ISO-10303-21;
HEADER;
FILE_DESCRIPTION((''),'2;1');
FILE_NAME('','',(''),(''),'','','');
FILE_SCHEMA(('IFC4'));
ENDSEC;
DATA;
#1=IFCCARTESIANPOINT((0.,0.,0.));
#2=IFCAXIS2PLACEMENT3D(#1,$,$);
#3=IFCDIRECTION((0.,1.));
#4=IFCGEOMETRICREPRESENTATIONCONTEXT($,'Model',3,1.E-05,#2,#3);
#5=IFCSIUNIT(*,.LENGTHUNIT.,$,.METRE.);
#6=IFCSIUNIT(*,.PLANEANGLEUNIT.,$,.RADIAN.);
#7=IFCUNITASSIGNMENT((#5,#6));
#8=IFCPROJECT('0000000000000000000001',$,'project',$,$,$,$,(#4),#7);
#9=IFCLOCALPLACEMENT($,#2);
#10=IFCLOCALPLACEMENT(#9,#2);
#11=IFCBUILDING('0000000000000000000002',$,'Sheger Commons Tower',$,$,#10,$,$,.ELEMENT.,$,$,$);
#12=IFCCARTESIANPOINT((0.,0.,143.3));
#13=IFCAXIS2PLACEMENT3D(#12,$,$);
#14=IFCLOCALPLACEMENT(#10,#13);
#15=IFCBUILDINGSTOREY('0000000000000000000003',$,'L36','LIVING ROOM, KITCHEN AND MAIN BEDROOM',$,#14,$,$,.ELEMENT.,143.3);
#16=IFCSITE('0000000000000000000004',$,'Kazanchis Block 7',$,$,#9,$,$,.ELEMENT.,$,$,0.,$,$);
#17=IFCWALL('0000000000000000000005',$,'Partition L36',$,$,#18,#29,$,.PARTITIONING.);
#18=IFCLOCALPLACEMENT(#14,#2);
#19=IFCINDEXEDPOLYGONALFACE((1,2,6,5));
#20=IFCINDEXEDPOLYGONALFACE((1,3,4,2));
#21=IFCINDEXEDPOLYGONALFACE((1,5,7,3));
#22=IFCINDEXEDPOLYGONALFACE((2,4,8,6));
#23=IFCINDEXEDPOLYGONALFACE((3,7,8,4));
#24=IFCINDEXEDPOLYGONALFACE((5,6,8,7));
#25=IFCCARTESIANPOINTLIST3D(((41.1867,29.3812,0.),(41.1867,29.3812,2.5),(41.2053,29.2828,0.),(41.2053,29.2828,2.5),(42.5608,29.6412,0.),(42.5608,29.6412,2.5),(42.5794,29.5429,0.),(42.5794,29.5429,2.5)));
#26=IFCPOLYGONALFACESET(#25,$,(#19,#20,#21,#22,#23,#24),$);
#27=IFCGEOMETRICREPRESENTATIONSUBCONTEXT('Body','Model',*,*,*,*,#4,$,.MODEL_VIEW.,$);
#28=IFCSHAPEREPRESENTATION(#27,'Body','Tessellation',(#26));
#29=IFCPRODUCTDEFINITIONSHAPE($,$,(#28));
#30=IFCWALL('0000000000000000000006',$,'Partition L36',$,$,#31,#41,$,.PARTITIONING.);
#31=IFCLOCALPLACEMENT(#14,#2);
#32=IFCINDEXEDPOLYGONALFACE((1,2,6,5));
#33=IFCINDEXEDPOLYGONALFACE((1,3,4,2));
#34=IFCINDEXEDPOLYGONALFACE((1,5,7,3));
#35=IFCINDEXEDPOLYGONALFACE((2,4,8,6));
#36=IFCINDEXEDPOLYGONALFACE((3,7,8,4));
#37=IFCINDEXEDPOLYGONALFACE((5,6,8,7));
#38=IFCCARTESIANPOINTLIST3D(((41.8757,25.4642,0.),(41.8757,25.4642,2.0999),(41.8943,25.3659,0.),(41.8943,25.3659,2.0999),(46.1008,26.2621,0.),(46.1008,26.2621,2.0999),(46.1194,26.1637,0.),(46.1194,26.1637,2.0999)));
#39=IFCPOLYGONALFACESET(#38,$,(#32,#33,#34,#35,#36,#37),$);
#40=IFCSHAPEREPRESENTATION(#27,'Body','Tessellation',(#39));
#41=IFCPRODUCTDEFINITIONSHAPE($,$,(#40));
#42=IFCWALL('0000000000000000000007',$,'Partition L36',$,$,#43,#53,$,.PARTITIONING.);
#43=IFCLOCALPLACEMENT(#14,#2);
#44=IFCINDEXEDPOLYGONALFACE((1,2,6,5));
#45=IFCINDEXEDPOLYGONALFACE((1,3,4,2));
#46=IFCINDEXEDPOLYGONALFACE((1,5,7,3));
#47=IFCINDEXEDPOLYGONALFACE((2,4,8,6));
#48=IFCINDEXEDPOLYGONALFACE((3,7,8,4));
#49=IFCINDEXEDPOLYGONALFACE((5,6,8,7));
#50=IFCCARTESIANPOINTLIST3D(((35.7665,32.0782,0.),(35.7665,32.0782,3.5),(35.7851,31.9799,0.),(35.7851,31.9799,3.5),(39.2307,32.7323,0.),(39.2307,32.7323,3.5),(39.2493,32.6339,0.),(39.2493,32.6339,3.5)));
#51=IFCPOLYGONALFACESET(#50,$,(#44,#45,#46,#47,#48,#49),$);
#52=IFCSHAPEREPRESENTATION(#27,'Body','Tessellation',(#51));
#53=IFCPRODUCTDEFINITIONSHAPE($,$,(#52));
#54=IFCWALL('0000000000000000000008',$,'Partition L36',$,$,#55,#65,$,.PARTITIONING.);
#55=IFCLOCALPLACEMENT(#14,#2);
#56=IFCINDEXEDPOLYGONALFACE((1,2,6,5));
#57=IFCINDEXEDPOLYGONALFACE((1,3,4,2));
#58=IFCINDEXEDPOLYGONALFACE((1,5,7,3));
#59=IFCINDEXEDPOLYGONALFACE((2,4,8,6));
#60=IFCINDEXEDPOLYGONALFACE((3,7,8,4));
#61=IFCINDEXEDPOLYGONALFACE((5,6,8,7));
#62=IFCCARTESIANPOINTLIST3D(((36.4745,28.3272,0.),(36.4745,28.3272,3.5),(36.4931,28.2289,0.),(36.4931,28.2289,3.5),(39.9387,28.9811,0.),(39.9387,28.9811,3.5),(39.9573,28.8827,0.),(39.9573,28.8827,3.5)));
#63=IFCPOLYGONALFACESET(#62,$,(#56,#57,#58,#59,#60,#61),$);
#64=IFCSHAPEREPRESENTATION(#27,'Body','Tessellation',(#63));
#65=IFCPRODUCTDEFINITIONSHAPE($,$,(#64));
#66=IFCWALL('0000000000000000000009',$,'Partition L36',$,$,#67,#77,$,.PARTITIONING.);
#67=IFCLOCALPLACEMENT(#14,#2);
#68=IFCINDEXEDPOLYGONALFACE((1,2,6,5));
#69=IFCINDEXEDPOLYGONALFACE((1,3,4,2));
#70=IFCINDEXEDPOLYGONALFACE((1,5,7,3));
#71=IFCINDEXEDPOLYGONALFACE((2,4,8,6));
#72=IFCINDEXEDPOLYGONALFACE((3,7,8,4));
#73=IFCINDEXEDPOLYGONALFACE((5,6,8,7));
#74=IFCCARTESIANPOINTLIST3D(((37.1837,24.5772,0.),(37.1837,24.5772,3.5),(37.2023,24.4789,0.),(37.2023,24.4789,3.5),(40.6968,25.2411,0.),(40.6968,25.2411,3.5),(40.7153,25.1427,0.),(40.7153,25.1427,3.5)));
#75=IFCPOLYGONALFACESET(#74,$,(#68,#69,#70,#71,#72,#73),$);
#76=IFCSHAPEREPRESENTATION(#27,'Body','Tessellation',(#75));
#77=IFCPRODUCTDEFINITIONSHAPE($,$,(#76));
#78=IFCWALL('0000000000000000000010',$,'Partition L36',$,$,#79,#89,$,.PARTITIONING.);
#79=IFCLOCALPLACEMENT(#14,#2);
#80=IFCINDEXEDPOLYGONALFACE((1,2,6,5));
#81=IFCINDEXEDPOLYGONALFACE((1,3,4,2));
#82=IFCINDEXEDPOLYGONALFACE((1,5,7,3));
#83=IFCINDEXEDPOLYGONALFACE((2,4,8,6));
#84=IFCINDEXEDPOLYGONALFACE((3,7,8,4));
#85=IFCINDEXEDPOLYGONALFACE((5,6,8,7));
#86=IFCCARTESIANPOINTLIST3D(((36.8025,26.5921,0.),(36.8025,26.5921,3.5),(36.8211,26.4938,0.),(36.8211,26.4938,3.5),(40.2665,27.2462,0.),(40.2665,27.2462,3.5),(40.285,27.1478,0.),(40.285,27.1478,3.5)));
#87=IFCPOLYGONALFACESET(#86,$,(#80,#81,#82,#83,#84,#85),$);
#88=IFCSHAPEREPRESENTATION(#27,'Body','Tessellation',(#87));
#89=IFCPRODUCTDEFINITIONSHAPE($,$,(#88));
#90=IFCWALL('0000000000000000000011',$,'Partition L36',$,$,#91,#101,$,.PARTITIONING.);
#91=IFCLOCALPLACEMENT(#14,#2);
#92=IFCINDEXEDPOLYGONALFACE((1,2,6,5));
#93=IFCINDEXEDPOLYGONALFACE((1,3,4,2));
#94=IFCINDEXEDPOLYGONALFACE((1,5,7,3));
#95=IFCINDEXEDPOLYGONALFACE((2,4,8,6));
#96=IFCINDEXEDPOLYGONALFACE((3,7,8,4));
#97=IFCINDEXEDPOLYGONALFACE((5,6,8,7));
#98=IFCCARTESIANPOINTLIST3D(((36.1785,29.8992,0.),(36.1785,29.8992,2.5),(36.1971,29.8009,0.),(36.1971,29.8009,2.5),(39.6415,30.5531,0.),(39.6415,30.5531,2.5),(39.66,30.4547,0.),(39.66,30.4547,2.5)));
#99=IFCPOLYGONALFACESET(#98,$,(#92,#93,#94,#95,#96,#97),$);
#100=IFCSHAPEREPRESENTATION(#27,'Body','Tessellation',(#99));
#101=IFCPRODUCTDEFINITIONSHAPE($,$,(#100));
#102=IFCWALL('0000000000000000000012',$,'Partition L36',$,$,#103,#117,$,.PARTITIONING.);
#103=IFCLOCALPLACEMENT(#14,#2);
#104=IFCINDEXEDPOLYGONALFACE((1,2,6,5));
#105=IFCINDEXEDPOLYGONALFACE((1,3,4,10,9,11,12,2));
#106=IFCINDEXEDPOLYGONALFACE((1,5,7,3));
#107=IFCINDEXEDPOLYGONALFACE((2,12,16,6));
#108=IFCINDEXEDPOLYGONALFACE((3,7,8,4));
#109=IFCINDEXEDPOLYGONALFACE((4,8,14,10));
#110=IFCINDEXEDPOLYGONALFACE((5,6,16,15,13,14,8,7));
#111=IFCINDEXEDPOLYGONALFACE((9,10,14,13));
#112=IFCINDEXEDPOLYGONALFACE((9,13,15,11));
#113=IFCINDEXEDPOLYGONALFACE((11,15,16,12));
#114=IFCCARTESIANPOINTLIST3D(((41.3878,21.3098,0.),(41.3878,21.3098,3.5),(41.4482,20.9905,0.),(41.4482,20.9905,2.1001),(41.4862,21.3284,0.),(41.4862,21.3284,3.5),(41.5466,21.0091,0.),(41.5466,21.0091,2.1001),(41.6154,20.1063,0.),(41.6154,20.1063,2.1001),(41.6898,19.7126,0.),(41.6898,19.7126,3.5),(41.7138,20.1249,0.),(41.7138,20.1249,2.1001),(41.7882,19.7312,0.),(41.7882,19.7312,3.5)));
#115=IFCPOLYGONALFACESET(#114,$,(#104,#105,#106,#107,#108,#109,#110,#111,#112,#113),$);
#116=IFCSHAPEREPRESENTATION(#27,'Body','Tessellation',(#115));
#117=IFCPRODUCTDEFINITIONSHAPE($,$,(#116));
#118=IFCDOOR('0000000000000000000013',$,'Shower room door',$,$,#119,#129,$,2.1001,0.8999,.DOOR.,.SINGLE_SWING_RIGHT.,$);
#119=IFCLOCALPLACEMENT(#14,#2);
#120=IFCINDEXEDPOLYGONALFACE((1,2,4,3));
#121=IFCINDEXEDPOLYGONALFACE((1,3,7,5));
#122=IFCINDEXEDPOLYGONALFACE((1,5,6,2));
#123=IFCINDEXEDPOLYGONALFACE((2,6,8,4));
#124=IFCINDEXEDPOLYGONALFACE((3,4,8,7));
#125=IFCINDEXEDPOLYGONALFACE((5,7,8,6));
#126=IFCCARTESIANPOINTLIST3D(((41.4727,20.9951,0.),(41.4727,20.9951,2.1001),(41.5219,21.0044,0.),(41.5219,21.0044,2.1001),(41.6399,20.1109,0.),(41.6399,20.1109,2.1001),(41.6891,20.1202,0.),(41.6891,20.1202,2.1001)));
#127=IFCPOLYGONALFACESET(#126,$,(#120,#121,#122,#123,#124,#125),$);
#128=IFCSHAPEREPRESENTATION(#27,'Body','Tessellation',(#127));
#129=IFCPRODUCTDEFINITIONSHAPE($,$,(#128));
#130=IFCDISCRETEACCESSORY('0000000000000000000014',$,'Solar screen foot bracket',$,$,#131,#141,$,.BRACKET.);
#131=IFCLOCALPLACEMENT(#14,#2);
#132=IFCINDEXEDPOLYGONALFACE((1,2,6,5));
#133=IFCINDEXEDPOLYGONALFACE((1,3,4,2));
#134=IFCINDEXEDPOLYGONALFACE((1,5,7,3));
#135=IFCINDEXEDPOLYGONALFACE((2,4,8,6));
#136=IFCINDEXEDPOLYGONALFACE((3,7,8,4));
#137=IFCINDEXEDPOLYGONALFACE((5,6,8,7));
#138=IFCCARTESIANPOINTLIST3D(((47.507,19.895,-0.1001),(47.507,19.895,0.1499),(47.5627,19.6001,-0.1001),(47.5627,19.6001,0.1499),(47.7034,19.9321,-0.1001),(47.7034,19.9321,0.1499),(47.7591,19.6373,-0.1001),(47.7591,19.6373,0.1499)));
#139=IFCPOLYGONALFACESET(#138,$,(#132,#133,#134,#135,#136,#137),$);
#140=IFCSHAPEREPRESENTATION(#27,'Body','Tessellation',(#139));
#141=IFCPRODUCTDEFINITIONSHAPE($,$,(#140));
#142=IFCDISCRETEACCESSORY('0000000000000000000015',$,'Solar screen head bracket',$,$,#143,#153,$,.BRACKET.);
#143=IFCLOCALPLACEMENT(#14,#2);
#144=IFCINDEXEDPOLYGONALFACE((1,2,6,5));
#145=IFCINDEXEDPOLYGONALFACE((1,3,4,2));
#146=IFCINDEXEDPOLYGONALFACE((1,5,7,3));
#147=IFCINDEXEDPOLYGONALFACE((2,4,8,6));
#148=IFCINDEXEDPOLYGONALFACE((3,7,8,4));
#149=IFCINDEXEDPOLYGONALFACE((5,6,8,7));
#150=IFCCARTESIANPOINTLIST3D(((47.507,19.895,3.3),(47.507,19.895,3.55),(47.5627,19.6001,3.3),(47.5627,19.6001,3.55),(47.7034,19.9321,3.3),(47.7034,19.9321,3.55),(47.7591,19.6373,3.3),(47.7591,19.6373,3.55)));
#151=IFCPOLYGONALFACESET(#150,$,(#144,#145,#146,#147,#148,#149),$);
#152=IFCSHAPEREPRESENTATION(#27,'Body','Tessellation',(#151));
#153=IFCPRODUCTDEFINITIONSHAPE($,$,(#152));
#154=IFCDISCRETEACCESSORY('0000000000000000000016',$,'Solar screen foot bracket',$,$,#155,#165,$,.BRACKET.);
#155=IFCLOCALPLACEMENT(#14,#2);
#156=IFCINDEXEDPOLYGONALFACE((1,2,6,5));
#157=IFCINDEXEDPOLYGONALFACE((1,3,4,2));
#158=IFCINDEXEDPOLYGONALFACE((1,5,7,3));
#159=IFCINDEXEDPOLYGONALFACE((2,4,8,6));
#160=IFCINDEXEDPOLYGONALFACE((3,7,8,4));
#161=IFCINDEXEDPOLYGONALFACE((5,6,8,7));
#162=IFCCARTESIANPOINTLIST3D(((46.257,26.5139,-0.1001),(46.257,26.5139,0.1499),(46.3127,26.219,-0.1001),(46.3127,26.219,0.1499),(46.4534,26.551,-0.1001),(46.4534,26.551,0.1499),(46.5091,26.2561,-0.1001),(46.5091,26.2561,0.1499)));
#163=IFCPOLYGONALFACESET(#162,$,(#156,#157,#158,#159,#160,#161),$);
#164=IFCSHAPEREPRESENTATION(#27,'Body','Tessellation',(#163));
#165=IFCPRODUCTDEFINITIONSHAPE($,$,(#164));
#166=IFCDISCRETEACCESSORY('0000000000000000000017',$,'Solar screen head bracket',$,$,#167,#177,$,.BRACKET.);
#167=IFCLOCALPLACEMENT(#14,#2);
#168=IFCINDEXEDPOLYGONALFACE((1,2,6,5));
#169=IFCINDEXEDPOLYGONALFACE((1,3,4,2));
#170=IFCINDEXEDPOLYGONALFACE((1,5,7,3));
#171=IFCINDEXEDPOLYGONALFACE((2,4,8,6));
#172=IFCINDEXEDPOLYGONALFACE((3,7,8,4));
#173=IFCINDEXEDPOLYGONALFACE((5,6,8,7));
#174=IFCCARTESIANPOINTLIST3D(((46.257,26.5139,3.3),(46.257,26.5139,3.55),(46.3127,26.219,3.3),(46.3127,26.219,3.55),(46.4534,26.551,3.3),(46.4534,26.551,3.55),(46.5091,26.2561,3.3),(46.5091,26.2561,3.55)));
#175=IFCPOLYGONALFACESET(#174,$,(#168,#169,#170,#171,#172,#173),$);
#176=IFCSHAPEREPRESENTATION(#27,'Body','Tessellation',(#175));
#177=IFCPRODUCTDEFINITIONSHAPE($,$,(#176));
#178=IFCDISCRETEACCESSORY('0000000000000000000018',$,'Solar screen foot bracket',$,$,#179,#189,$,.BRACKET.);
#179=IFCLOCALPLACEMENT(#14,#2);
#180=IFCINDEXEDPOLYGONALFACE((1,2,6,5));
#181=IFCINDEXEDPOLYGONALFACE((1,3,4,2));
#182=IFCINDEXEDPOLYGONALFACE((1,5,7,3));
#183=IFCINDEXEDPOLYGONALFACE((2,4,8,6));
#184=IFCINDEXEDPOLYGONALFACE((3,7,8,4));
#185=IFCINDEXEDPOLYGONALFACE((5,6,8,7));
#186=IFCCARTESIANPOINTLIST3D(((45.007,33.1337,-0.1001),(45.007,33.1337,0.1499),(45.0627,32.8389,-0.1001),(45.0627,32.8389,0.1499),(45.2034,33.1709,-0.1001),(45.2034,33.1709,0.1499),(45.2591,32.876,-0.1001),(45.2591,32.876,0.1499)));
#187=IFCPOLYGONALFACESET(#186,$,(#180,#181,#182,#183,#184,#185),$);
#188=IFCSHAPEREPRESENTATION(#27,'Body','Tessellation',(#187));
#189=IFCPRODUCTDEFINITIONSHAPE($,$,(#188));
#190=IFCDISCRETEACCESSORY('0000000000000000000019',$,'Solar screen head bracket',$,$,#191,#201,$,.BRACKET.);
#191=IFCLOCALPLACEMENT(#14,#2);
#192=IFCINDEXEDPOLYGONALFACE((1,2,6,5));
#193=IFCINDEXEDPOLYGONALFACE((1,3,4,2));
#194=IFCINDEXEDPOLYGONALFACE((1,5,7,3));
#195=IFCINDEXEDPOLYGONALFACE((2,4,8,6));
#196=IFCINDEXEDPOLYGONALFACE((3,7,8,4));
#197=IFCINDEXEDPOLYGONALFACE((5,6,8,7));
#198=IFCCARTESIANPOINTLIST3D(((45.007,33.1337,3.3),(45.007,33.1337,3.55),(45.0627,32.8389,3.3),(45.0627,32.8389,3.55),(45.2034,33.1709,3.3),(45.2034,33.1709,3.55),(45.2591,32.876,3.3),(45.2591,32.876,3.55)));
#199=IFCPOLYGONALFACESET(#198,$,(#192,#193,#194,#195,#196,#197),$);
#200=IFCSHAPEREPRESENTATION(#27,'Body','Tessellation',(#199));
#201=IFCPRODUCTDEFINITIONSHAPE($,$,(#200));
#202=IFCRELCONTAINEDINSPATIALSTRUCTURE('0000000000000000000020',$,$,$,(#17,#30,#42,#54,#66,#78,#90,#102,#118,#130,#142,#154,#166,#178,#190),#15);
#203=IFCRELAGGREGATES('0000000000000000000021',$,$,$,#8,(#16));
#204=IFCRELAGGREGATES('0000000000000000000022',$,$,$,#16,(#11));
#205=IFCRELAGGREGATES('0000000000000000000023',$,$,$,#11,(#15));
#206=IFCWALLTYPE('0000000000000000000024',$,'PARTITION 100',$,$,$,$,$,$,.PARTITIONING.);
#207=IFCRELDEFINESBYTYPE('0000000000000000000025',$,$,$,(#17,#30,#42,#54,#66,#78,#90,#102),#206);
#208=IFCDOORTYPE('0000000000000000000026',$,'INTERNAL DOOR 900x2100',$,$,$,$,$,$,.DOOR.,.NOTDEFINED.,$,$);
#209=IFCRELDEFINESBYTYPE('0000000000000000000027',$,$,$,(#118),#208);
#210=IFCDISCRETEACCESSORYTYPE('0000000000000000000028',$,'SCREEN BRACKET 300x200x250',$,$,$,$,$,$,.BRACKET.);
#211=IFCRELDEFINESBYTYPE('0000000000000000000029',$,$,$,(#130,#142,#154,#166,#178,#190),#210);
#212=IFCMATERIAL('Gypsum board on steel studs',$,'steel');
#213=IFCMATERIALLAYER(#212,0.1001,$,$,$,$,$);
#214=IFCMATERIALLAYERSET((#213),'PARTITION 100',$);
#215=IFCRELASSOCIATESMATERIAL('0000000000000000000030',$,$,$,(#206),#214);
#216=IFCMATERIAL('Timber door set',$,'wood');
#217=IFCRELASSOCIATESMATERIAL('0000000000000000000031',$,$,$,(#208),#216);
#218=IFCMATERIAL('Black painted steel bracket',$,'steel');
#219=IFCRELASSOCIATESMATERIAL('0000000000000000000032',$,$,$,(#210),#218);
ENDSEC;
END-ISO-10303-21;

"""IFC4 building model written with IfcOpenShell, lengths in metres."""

from ifc_helpers import new_model, si_unit, direction, frame, frame_2d, origin, origin_2d, place, context, subcontext, project, spatial, rectangle, extrude, material, layer, layer_set, type_object, element, fill, save


model = new_model("IFC4")

# Units and contexts
model_context = context("Model", 3, precision=1e-05, world=origin(), true_north=direction((0.0, 1.0)))
body_context = subcontext(model_context, "Body", "Model", "MODEL_VIEW")
ifc_project = project(units=[si_unit("LENGTHUNIT", "METRE"), si_unit("PLANEANGLEUNIT", "RADIAN")], contexts=[model_context])

# Site, building, storey
site_placement = place(None, origin())
site = spatial("IfcSite", under=ifc_project, at=site_placement, Name="Kazanchis Block 7", CompositionType="ELEMENT", RefElevation=0.0)
building_placement = place(site_placement, origin())
building = spatial("IfcBuilding", under=site, at=building_placement, Name="Sheger Commons Tower", CompositionType="ELEMENT")
storey_placement = place(building_placement, frame((0.0, 0.0, 143.3)))
storey = spatial("IfcBuildingStorey", under=building, at=storey_placement, Name="L36", Description="LIVING ROOM, KITCHEN AND MAIN BEDROOM", CompositionType="ELEMENT", Elevation=143.3)

# Walls
ifc_material_1 = material(Name="Gypsum board on steel studs", Category="steel")
ifc_layer_1 = layer(ifc_material_1, 0.1001)
ifc_layer_set_1 = layer_set([ifc_layer_1], Name="PARTITION 100")
wall_type_1 = type_object("IfcWallType", Name="PARTITION 100", PredefinedType="PARTITIONING", material=ifc_layer_set_1)
wall_1_placement = place(storey_placement, frame((42.5701, 29.592, 0.0), z_axis=(0.0, 0.0, 1.0), x_axis=(-0.982562, -0.185933, 0.0)))
element("IfcWall", 1, at=wall_1_placement, inside=storey, type_object=wall_type_1, Name="Partition L36", PredefinedType="PARTITIONING", context=body_context, shape_type="SweptSolid", body=[
    extrude(rectangle(XDim=1.3984, YDim=0.1001, at=frame_2d((0.6992, 0.0))), origin(), (0.0, 0.0, 1.0), 2.5),
])
wall_2_placement = place(storey_placement, frame((46.1101, 26.2129, 0.0), z_axis=(0.0, 0.0, 1.0), x_axis=(-0.982634, -0.185557, 0.0)))
element("IfcWall", 2, at=wall_2_placement, inside=storey, type_object=wall_type_1, Name="Partition L36", PredefinedType="PARTITIONING", context=body_context, shape_type="SweptSolid", body=[
    extrude(rectangle(XDim=4.2998, YDim=0.1001, at=frame_2d((2.1499, 0.0))), origin(), (0.0, 0.0, 1.0), 2.0999),
])
for number, where, z_axis, x_axis, name in (
    (3, (39.24, 32.6831, 0.0), (0.0, 0.0, 1.0), (-0.982639, -0.18553, 0.0), "Partition L36"),
    (4, (39.948, 28.9319, 0.0), (0.0, 0.0, 1.0), (-0.982651, -0.185463, 0.0), "Partition L36"),
):
    element("IfcWall", number, at=place(storey_placement, frame(where, z_axis=z_axis, x_axis=x_axis)), inside=storey, type_object=wall_type_1, Name=name, PredefinedType="PARTITIONING", context=body_context, shape_type="SweptSolid", body=[
        extrude(rectangle(XDim=3.5254, YDim=0.1001, at=frame_2d((1.7627, 0.0))), origin(), (0.0, 0.0, 1.0), 3.5),
    ])
wall_3_placement = place(storey_placement, frame((40.7061, 25.1919, 0.0), z_axis=(0.0, 0.0, 1.0), x_axis=(-0.982611, -0.185678, 0.0)))
element("IfcWall", 5, at=wall_3_placement, inside=storey, type_object=wall_type_1, Name="Partition L36", PredefinedType="PARTITIONING", context=body_context, shape_type="SweptSolid", body=[
    extrude(rectangle(XDim=3.5752, YDim=0.1001, at=frame_2d((1.7876, 0.0))), origin(), (0.0, 0.0, 1.0), 3.5),
])
wall_4_placement = place(storey_placement, frame((40.2759, 27.197, 0.0), z_axis=(0.0, 0.0, 1.0), x_axis=(-0.982636, -0.185543, 0.0)))
element("IfcWall", 6, at=wall_4_placement, inside=storey, type_object=wall_type_1, Name="Partition L36", PredefinedType="PARTITIONING", context=body_context, shape_type="SweptSolid", body=[
    extrude(rectangle(XDim=3.5251, YDim=0.1001, at=frame_2d((1.7627, 0.0))), origin(), (0.0, 0.0, 1.0), 3.5),
])
wall_5_placement = place(storey_placement, frame((39.6509, 30.5039, 0.0), z_axis=(0.0, 0.0, 1.0), x_axis=(-0.982639, -0.185527, 0.0)))
element("IfcWall", 7, at=wall_5_placement, inside=storey, type_object=wall_type_1, Name="Partition L36", PredefinedType="PARTITIONING", context=body_context, shape_type="SweptSolid", body=[
    extrude(rectangle(XDim=3.5242, YDim=0.1001, at=frame_2d((1.7622, 0.0))), origin(), (0.0, 0.0, 1.0), 2.5),
])

# Wall, opening, door
wall_6_placement = place(storey_placement, frame((41.437, 21.3191, 0.0), z_axis=(0.0, 0.0, 1.0), x_axis=(0.185794, -0.982589, 0.0)))
wall_6 = element("IfcWall", 8, at=wall_6_placement, inside=storey, type_object=wall_type_1, Name="Partition L36", PredefinedType="PARTITIONING", context=body_context, shape_type="SweptSolid", body=[
    extrude(rectangle(XDim=1.6255, YDim=0.1001, at=frame_2d((0.8127, 0.0))), origin(), (0.0, 0.0, 1.0), 3.5),
])
opening_placement = place(wall_6_placement, frame((0.325, 0.0, 0.0)))
opening = element("IfcOpeningElement", 9, at=opening_placement, cuts=wall_6, PredefinedType="OPENING", context=body_context, shape_type="SweptSolid", body=[
    extrude(rectangle(XDim=0.8999, YDim=2.1001, at=frame_2d((0.45, 1.05))), frame((0.0, 0.0601, 0.0), z_axis=(0.0, -1.0, 0.0), x_axis=(1.0, 0.0, 0.0)), (0.0, 0.0, 1.0), 0.1201),
])
ifc_material_2 = material(Name="Timber door set", Category="wood")
door_type = type_object("IfcDoorType", Name="INTERNAL DOOR 900x2100", OperationType="NOTDEFINED", PredefinedType="DOOR", material=ifc_material_2)
door_placement = place(opening_placement, origin())
door = element("IfcDoor", 10, at=door_placement, inside=storey, type_object=door_type, Name="Shower room door", OperationType="SINGLE_SWING_RIGHT", OverallHeight=2.1001, OverallWidth=0.8999, PredefinedType="DOOR", context=body_context, shape_type="SweptSolid", body=[
    extrude(rectangle(XDim=0.8999, YDim=2.1001, at=frame_2d((0.45, 1.05))), frame((0.0, 0.0249, 0.0), z_axis=(0.0, -1.0, 0.0), x_axis=(1.0, 0.0, 0.0)), (0.0, 0.0, 1.0), 0.05),
])
fill(opening, door)

# Discrete accessories
ifc_material_3 = material(Name="Black painted steel bracket", Category="steel")
discrete_accessory_type = type_object("IfcDiscreteAccessoryType", Name="SCREEN BRACKET 300x200x250", PredefinedType="BRACKET", material=ifc_material_3)
for number, where, z_axis, x_axis, name in (
    (11, (47.6331, 19.7661, -0.1001), (0.0, 0.0, 1.0), (-0.185615, 0.982623, 0.0), "Solar screen foot bracket"),
    (12, (47.6331, 19.7661, 3.3), (0.0, 0.0, 1.0), (-0.185615, 0.982623, 0.0), "Solar screen head bracket"),
    (13, (46.3831, 26.385, -0.1001), (0.0, 0.0, 1.0), (-0.185615, 0.982623, 0.0), "Solar screen foot bracket"),
    (14, (46.3831, 26.385, 3.3), (0.0, 0.0, 1.0), (-0.185615, 0.982623, 0.0), "Solar screen head bracket"),
    (15, (45.1331, 33.0049, -0.1001), (0.0, 0.0, 1.0), (-0.185615, 0.982623, 0.0), "Solar screen foot bracket"),
    (16, (45.1331, 33.0049, 3.3), (0.0, 0.0, 1.0), (-0.185615, 0.982623, 0.0), "Solar screen head bracket"),
):
    element("IfcDiscreteAccessory", number, at=place(storey_placement, frame(where, z_axis=z_axis, x_axis=x_axis)), inside=storey, type_object=discrete_accessory_type, Name=name, PredefinedType="BRACKET", context=body_context, shape_type="SweptSolid", body=[
        extrude(rectangle(XDim=0.3, YDim=0.2, at=origin_2d()), origin(), (0.0, 0.0, 1.0), 0.25),
    ])

save(model, "model.ifc")
